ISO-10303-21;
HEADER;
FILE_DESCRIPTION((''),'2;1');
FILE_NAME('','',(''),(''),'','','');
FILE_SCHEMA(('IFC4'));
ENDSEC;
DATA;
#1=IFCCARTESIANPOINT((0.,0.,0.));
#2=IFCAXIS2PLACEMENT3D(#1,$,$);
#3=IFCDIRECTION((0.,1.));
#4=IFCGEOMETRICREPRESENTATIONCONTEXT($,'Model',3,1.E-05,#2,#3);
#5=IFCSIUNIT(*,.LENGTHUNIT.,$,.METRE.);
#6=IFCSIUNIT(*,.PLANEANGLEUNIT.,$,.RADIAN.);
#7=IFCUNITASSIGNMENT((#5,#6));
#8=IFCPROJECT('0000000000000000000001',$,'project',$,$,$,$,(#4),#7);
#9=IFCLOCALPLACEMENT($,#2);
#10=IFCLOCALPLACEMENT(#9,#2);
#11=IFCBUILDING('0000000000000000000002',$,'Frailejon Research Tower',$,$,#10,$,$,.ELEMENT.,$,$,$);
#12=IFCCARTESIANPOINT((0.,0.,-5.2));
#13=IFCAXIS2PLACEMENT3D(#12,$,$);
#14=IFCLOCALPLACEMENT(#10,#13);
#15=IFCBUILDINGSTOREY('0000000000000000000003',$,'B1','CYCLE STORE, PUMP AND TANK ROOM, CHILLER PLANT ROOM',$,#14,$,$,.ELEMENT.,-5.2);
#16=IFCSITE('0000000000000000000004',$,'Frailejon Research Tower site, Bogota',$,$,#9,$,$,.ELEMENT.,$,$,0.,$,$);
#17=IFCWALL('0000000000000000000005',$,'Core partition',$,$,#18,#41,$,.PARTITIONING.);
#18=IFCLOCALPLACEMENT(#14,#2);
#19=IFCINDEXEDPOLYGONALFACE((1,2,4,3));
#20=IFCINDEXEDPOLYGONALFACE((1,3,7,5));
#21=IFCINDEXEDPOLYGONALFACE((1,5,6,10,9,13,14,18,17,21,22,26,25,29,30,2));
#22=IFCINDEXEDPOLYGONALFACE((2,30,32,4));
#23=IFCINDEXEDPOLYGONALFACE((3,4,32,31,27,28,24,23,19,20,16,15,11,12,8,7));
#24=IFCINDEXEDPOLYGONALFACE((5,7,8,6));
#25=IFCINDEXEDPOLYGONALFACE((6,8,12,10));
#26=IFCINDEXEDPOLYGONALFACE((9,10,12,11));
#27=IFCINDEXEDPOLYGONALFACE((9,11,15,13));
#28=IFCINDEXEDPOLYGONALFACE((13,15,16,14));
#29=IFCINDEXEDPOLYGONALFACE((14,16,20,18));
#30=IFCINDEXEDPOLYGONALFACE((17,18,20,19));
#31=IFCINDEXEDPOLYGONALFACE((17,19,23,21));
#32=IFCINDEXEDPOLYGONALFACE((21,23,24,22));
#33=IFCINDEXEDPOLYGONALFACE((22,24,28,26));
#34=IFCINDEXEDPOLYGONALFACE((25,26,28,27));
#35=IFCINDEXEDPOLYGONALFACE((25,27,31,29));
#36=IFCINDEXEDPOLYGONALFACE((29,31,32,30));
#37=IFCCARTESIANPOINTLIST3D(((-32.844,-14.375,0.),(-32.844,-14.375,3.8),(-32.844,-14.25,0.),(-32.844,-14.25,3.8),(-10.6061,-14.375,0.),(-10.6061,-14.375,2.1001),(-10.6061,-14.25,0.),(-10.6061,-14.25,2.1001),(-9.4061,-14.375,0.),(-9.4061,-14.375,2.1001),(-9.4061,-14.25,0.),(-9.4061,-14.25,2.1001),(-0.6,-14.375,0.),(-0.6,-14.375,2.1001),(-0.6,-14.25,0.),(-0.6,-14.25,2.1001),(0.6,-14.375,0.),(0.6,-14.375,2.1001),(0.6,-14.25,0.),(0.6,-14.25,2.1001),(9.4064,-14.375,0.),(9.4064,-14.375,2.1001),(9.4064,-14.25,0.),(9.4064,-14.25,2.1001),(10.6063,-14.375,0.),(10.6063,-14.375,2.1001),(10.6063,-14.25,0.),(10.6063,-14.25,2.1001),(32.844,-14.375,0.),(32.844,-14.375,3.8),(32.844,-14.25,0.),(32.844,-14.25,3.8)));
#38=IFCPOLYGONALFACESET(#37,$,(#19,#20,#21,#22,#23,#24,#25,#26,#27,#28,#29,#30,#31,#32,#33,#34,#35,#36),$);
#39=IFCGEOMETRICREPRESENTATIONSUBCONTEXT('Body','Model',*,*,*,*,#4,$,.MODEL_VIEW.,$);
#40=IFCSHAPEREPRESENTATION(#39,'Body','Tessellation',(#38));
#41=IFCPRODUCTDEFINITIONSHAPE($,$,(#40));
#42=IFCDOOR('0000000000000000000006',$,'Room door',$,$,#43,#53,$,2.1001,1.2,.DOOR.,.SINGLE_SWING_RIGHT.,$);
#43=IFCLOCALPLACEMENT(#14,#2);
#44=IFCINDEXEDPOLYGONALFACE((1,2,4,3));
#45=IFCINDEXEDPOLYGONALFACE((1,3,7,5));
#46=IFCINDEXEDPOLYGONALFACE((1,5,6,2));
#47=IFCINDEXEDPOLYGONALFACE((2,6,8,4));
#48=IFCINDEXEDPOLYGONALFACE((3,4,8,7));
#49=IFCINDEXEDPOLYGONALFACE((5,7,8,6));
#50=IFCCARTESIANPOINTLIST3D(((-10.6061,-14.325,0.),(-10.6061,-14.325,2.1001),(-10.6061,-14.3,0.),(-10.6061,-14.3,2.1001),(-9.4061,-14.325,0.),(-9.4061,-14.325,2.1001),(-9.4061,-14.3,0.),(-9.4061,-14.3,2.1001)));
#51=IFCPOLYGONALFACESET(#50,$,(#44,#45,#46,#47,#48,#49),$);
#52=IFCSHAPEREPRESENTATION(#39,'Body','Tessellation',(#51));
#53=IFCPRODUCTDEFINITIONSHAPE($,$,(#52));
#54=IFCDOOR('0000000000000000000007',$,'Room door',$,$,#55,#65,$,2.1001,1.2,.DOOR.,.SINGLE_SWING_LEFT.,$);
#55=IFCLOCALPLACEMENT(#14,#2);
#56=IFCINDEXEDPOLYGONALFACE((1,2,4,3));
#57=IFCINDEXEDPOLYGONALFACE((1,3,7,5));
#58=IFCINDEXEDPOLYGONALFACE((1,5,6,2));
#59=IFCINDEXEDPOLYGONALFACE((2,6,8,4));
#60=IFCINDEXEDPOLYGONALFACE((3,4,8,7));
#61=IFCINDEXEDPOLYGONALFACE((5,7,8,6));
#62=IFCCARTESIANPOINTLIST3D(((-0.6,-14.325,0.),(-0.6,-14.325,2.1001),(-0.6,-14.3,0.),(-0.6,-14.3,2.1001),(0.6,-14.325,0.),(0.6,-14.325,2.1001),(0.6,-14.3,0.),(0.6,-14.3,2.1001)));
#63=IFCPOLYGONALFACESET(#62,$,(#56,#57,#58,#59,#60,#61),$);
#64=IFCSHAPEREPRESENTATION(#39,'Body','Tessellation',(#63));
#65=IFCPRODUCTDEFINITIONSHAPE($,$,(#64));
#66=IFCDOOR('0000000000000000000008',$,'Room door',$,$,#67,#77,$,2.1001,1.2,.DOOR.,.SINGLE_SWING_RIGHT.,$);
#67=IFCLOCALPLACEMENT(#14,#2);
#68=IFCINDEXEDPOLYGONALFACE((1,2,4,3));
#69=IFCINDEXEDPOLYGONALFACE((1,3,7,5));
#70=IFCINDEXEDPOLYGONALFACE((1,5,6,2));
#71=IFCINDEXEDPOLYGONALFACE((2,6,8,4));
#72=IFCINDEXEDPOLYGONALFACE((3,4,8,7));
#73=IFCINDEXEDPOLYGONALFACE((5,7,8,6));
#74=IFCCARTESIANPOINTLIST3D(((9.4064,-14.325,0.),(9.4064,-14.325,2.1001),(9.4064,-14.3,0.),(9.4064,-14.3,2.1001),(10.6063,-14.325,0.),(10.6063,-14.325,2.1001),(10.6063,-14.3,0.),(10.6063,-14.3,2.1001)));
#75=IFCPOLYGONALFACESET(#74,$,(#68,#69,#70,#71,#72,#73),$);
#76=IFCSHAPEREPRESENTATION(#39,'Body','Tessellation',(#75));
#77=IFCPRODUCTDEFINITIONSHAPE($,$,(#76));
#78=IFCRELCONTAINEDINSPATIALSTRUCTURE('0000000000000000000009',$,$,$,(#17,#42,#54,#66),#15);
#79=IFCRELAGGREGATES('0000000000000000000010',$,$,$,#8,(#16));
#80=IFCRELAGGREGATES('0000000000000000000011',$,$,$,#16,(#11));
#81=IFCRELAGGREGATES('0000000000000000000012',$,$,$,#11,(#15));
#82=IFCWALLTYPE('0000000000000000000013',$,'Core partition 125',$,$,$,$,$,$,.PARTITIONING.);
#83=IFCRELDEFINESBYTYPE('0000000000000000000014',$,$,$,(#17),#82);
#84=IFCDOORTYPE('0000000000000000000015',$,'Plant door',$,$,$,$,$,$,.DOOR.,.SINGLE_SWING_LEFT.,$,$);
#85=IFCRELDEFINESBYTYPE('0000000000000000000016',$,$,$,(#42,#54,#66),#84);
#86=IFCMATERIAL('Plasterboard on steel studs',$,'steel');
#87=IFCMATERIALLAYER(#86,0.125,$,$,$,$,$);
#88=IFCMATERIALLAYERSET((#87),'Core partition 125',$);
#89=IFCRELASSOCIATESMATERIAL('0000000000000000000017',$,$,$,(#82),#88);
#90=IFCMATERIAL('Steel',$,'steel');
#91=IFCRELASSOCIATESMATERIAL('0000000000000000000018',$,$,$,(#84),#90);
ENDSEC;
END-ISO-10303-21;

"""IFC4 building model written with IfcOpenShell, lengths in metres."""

from ifc_helpers import new_model, si_unit, direction, frame, frame_2d, origin, place, context, subcontext, project, spatial, rectangle, extrude, material, layer, layer_set, type_object, element, fill, save


model = new_model("IFC4")

# Units and contexts
model_context = context("Model", 3, precision=1e-05, world=origin(), true_north=direction((0.0, 1.0)))
body_context = subcontext(model_context, "Body", "Model", "MODEL_VIEW")
ifc_project = project(units=[si_unit("LENGTHUNIT", "METRE"), si_unit("PLANEANGLEUNIT", "RADIAN")], contexts=[model_context])

# Site, building, storey
site_placement = place(None, origin())
site = spatial("IfcSite", under=ifc_project, at=site_placement, Name="Frailejon Research Tower site, Bogota", CompositionType="ELEMENT", RefElevation=0.0)
building_placement = place(site_placement, origin())
building = spatial("IfcBuilding", under=site, at=building_placement, Name="Frailejon Research Tower", CompositionType="ELEMENT")
storey_placement = place(building_placement, frame((0.0, 0.0, -5.2)))
storey = spatial("IfcBuildingStorey", under=building, at=storey_placement, Name="B1", Description="CYCLE STORE, PUMP AND TANK ROOM, CHILLER PLANT ROOM", CompositionType="ELEMENT", Elevation=-5.2)

# Wall, openings, doors
ifc_material_1 = material(Name="Plasterboard on steel studs", Category="steel")
ifc_layer = layer(ifc_material_1, 0.125)
ifc_layer_set = layer_set([ifc_layer], Name="Core partition 125")
wall_type = type_object("IfcWallType", Name="Core partition 125", PredefinedType="PARTITIONING", material=ifc_layer_set)
wall_placement = place(storey_placement, frame((-32.844, -14.3125, 0.0), z_axis=(0.0, 0.0, 1.0), x_axis=(1.0, 0.0, 0.0)))
wall = element("IfcWall", 1, at=wall_placement, inside=storey, type_object=wall_type, Name="Core partition", PredefinedType="PARTITIONING", context=body_context, shape_type="SweptSolid", body=[
    extrude(rectangle(XDim=65.688, YDim=0.125, at=frame_2d((32.844, 0.0))), origin(), (0.0, 0.0, 1.0), 3.8),
])
opening_1_placement = place(wall_placement, frame((22.2378, 0.0, 0.0)))
opening_1 = element("IfcOpeningElement", 2, at=opening_1_placement, cuts=wall, PredefinedType="OPENING", context=body_context, shape_type="SweptSolid", body=[
    extrude(rectangle(XDim=1.2, YDim=2.1001, at=frame_2d((0.6001, 1.05))), frame((0.0, 0.0725, 0.0), z_axis=(0.0, -1.0, 0.0), x_axis=(1.0, 0.0, 0.0)), (0.0, 0.0, 1.0), 0.145),
])
opening_2_placement = place(wall_placement, frame((32.2439, 0.0, 0.0)))
opening_2 = element("IfcOpeningElement", 3, at=opening_2_placement, cuts=wall, PredefinedType="OPENING", context=body_context, shape_type="SweptSolid", body=[
    extrude(rectangle(XDim=1.2, YDim=2.1001, at=frame_2d((0.6001, 1.05))), frame((0.0, 0.0725, 0.0), z_axis=(0.0, -1.0, 0.0), x_axis=(1.0, 0.0, 0.0)), (0.0, 0.0, 1.0), 0.145),
])
opening_3_placement = place(wall_placement, frame((42.2502, 0.0, 0.0)))
opening_3 = element("IfcOpeningElement", 4, at=opening_3_placement, cuts=wall, PredefinedType="OPENING", context=body_context, shape_type="SweptSolid", body=[
    extrude(rectangle(XDim=1.2, YDim=2.1001, at=frame_2d((0.6001, 1.05))), frame((0.0, 0.0725, 0.0), z_axis=(0.0, -1.0, 0.0), x_axis=(1.0, 0.0, 0.0)), (0.0, 0.0, 1.0), 0.145),
])
ifc_material_2 = material(Name="Steel", Category="steel")
door_type = type_object("IfcDoorType", Name="Plant door", OperationType="SINGLE_SWING_LEFT", PredefinedType="DOOR", material=ifc_material_2)
door_1_placement = place(opening_1_placement, origin())
door_1 = element("IfcDoor", 5, at=door_1_placement, inside=storey, type_object=door_type, Name="Room door", OperationType="SINGLE_SWING_RIGHT", OverallHeight=2.1001, OverallWidth=1.2, PredefinedType="DOOR", context=body_context, shape_type="SweptSolid", body=[
    extrude(rectangle(XDim=1.2, YDim=2.1001, at=frame_2d((0.6001, 1.05))), frame((0.0, 0.0125, 0.0), z_axis=(0.0, -1.0, 0.0), x_axis=(1.0, 0.0, 0.0)), (0.0, 0.0, 1.0), 0.0249),
])
fill(opening_1, door_1)
door_2_placement = place(opening_2_placement, origin())
door_2 = element("IfcDoor", 6, at=door_2_placement, inside=storey, type_object=door_type, Name="Room door", OperationType="SINGLE_SWING_LEFT", OverallHeight=2.1001, OverallWidth=1.2, PredefinedType="DOOR", context=body_context, shape_type="SweptSolid", body=[
    extrude(rectangle(XDim=1.2, YDim=2.1001, at=frame_2d((0.6001, 1.05))), frame((0.0, 0.0125, 0.0), z_axis=(0.0, -1.0, 0.0), x_axis=(1.0, 0.0, 0.0)), (0.0, 0.0, 1.0), 0.0249),
])
fill(opening_2, door_2)
door_3_placement = place(opening_3_placement, origin())
door_3 = element("IfcDoor", 7, at=door_3_placement, inside=storey, type_object=door_type, Name="Room door", OperationType="SINGLE_SWING_RIGHT", OverallHeight=2.1001, OverallWidth=1.2, PredefinedType="DOOR", context=body_context, shape_type="SweptSolid", body=[
    extrude(rectangle(XDim=1.2, YDim=2.1001, at=frame_2d((0.6001, 1.05))), frame((0.0, 0.0125, 0.0), z_axis=(0.0, -1.0, 0.0), x_axis=(1.0, 0.0, 0.0)), (0.0, 0.0, 1.0), 0.0249),
])
fill(opening_3, door_3)

save(model, "model.ifc")
